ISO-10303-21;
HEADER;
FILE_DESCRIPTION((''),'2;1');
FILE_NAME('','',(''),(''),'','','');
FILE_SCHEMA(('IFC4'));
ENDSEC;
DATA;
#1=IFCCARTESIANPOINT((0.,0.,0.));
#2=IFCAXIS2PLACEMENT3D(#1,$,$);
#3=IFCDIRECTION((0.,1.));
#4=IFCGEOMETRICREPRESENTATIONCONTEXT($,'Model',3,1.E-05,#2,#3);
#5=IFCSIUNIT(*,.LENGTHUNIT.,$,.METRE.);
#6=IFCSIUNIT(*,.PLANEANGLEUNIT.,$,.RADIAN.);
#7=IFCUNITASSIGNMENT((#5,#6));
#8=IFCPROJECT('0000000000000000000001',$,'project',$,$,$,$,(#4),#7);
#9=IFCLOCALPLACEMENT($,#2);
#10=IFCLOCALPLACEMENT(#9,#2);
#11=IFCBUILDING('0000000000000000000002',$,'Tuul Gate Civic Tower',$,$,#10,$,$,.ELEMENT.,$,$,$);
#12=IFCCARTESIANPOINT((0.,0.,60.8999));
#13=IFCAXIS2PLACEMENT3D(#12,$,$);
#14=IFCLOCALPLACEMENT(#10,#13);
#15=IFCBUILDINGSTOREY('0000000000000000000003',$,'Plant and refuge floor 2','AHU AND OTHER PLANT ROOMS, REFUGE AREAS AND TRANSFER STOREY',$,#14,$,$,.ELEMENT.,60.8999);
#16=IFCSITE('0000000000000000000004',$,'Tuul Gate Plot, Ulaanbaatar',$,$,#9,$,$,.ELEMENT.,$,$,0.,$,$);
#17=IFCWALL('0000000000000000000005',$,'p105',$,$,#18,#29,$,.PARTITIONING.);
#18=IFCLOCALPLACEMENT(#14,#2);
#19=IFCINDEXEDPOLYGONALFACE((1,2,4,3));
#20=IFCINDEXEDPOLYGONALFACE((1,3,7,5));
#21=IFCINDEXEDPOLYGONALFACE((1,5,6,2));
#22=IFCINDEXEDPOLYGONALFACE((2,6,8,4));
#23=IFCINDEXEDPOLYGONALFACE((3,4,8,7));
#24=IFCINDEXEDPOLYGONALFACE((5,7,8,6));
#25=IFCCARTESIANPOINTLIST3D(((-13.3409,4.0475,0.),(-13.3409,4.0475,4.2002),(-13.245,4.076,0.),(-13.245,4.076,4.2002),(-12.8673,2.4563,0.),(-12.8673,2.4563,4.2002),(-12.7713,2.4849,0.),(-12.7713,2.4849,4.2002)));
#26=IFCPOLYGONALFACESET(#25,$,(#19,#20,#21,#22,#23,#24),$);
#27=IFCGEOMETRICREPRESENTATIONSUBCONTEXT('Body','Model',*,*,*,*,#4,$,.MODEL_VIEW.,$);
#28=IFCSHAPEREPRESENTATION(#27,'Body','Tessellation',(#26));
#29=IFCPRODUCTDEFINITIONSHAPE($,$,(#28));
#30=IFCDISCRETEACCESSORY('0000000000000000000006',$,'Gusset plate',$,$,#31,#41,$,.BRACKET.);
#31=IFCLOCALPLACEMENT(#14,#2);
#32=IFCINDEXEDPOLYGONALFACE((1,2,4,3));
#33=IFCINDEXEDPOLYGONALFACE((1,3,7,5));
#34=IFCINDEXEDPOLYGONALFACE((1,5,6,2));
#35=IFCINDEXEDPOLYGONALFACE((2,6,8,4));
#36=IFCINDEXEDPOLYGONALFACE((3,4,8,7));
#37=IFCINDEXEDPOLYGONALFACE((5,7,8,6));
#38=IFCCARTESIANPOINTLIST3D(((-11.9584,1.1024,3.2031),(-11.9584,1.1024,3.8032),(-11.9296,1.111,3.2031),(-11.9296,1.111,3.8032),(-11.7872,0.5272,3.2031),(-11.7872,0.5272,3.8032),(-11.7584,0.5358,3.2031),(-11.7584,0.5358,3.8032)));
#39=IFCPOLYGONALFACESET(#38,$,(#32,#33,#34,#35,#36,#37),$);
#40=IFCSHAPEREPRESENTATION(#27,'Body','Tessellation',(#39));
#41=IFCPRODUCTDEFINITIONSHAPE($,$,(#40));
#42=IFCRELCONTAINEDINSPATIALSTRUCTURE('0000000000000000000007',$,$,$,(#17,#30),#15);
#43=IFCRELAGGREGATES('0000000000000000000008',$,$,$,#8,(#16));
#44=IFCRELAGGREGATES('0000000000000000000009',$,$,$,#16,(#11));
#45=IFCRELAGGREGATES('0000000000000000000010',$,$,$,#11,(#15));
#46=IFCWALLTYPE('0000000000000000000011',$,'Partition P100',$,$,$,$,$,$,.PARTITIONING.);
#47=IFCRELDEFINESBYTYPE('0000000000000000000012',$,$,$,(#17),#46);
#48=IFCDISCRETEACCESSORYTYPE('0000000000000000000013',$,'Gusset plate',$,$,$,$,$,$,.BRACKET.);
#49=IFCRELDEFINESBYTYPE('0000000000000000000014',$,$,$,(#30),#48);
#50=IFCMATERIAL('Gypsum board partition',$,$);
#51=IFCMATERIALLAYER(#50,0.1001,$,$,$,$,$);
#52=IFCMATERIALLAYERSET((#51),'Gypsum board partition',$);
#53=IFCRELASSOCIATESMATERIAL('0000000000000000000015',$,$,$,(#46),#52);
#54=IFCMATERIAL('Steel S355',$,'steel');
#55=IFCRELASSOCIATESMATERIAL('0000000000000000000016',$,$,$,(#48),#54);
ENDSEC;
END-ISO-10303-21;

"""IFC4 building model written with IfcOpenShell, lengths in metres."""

from ifc_helpers import new_model, si_unit, direction, frame, frame_2d, origin, origin_2d, place, context, subcontext, project, spatial, rectangle, extrude, material, layer, layer_set, type_object, element, save


model = new_model("IFC4")

# Units and contexts
model_context = context("Model", 3, precision=1e-05, world=origin(), true_north=direction((0.0, 1.0)))
body_context = subcontext(model_context, "Body", "Model", "MODEL_VIEW")
ifc_project = project(units=[si_unit("LENGTHUNIT", "METRE"), si_unit("PLANEANGLEUNIT", "RADIAN")], contexts=[model_context])

# Site, building, storey
site_placement = place(None, origin())
site = spatial("IfcSite", under=ifc_project, at=site_placement, Name="Tuul Gate Plot, Ulaanbaatar", CompositionType="ELEMENT", RefElevation=0.0)
building_placement = place(site_placement, origin())
building = spatial("IfcBuilding", under=site, at=building_placement, Name="Tuul Gate Civic Tower", CompositionType="ELEMENT")
storey_placement = place(building_placement, frame((0.0, 0.0, 60.8999)))
storey = spatial("IfcBuildingStorey", under=building, at=storey_placement, Name="Plant and refuge floor 2", Description="AHU AND OTHER PLANT ROOMS, REFUGE AREAS AND TRANSFER STOREY", CompositionType="ELEMENT", Elevation=60.8999)

# Wall
ifc_material_1 = material(Name="Gypsum board partition")
ifc_layer_1 = layer(ifc_material_1, 0.1001)
ifc_layer_set_1 = layer_set([ifc_layer_1], Name="Gypsum board partition")
wall_type_1 = type_object("IfcWallType", Name="Partition P100", PredefinedType="PARTITIONING", material=ifc_layer_set_1)
wall_1_placement = place(storey_placement, frame((-13.293, 4.0618, 0.0), z_axis=(0.0, 0.0, 1.0), x_axis=(0.28531, -0.958435, 0.0)))
element("IfcWall", 1, at=wall_1_placement, inside=storey, type_object=wall_type_1, Name="p105", PredefinedType="PARTITIONING", context=body_context, shape_type="SweptSolid", body=[
    extrude(rectangle(XDim=1.6602, YDim=0.1001, at=frame_2d((0.8301, 0.0))), origin(), (0.0, 0.0, 1.0), 4.2002),
])

# Discrete accessory
ifc_material_2 = material(Name="Steel S355", Category="steel")
discrete_accessory_type = type_object("IfcDiscreteAccessoryType", Name="Gusset plate", PredefinedType="BRACKET", material=ifc_material_2)
discrete_accessory_placement = place(storey_placement, frame((-11.8584, 0.8191, 3.2031), z_axis=(0.0, 0.0, 1.0), x_axis=(-0.285225, 0.958461, 0.0)))
element("IfcDiscreteAccessory", 2, at=discrete_accessory_placement, inside=storey, type_object=discrete_accessory_type, Name="Gusset plate", PredefinedType="BRACKET", context=body_context, shape_type="SweptSolid", body=[
    extrude(rectangle(XDim=0.6001, YDim=0.03, at=origin_2d()), origin(), (0.0, 0.0, 1.0), 0.6001),
])

save(model, "model.ifc")
